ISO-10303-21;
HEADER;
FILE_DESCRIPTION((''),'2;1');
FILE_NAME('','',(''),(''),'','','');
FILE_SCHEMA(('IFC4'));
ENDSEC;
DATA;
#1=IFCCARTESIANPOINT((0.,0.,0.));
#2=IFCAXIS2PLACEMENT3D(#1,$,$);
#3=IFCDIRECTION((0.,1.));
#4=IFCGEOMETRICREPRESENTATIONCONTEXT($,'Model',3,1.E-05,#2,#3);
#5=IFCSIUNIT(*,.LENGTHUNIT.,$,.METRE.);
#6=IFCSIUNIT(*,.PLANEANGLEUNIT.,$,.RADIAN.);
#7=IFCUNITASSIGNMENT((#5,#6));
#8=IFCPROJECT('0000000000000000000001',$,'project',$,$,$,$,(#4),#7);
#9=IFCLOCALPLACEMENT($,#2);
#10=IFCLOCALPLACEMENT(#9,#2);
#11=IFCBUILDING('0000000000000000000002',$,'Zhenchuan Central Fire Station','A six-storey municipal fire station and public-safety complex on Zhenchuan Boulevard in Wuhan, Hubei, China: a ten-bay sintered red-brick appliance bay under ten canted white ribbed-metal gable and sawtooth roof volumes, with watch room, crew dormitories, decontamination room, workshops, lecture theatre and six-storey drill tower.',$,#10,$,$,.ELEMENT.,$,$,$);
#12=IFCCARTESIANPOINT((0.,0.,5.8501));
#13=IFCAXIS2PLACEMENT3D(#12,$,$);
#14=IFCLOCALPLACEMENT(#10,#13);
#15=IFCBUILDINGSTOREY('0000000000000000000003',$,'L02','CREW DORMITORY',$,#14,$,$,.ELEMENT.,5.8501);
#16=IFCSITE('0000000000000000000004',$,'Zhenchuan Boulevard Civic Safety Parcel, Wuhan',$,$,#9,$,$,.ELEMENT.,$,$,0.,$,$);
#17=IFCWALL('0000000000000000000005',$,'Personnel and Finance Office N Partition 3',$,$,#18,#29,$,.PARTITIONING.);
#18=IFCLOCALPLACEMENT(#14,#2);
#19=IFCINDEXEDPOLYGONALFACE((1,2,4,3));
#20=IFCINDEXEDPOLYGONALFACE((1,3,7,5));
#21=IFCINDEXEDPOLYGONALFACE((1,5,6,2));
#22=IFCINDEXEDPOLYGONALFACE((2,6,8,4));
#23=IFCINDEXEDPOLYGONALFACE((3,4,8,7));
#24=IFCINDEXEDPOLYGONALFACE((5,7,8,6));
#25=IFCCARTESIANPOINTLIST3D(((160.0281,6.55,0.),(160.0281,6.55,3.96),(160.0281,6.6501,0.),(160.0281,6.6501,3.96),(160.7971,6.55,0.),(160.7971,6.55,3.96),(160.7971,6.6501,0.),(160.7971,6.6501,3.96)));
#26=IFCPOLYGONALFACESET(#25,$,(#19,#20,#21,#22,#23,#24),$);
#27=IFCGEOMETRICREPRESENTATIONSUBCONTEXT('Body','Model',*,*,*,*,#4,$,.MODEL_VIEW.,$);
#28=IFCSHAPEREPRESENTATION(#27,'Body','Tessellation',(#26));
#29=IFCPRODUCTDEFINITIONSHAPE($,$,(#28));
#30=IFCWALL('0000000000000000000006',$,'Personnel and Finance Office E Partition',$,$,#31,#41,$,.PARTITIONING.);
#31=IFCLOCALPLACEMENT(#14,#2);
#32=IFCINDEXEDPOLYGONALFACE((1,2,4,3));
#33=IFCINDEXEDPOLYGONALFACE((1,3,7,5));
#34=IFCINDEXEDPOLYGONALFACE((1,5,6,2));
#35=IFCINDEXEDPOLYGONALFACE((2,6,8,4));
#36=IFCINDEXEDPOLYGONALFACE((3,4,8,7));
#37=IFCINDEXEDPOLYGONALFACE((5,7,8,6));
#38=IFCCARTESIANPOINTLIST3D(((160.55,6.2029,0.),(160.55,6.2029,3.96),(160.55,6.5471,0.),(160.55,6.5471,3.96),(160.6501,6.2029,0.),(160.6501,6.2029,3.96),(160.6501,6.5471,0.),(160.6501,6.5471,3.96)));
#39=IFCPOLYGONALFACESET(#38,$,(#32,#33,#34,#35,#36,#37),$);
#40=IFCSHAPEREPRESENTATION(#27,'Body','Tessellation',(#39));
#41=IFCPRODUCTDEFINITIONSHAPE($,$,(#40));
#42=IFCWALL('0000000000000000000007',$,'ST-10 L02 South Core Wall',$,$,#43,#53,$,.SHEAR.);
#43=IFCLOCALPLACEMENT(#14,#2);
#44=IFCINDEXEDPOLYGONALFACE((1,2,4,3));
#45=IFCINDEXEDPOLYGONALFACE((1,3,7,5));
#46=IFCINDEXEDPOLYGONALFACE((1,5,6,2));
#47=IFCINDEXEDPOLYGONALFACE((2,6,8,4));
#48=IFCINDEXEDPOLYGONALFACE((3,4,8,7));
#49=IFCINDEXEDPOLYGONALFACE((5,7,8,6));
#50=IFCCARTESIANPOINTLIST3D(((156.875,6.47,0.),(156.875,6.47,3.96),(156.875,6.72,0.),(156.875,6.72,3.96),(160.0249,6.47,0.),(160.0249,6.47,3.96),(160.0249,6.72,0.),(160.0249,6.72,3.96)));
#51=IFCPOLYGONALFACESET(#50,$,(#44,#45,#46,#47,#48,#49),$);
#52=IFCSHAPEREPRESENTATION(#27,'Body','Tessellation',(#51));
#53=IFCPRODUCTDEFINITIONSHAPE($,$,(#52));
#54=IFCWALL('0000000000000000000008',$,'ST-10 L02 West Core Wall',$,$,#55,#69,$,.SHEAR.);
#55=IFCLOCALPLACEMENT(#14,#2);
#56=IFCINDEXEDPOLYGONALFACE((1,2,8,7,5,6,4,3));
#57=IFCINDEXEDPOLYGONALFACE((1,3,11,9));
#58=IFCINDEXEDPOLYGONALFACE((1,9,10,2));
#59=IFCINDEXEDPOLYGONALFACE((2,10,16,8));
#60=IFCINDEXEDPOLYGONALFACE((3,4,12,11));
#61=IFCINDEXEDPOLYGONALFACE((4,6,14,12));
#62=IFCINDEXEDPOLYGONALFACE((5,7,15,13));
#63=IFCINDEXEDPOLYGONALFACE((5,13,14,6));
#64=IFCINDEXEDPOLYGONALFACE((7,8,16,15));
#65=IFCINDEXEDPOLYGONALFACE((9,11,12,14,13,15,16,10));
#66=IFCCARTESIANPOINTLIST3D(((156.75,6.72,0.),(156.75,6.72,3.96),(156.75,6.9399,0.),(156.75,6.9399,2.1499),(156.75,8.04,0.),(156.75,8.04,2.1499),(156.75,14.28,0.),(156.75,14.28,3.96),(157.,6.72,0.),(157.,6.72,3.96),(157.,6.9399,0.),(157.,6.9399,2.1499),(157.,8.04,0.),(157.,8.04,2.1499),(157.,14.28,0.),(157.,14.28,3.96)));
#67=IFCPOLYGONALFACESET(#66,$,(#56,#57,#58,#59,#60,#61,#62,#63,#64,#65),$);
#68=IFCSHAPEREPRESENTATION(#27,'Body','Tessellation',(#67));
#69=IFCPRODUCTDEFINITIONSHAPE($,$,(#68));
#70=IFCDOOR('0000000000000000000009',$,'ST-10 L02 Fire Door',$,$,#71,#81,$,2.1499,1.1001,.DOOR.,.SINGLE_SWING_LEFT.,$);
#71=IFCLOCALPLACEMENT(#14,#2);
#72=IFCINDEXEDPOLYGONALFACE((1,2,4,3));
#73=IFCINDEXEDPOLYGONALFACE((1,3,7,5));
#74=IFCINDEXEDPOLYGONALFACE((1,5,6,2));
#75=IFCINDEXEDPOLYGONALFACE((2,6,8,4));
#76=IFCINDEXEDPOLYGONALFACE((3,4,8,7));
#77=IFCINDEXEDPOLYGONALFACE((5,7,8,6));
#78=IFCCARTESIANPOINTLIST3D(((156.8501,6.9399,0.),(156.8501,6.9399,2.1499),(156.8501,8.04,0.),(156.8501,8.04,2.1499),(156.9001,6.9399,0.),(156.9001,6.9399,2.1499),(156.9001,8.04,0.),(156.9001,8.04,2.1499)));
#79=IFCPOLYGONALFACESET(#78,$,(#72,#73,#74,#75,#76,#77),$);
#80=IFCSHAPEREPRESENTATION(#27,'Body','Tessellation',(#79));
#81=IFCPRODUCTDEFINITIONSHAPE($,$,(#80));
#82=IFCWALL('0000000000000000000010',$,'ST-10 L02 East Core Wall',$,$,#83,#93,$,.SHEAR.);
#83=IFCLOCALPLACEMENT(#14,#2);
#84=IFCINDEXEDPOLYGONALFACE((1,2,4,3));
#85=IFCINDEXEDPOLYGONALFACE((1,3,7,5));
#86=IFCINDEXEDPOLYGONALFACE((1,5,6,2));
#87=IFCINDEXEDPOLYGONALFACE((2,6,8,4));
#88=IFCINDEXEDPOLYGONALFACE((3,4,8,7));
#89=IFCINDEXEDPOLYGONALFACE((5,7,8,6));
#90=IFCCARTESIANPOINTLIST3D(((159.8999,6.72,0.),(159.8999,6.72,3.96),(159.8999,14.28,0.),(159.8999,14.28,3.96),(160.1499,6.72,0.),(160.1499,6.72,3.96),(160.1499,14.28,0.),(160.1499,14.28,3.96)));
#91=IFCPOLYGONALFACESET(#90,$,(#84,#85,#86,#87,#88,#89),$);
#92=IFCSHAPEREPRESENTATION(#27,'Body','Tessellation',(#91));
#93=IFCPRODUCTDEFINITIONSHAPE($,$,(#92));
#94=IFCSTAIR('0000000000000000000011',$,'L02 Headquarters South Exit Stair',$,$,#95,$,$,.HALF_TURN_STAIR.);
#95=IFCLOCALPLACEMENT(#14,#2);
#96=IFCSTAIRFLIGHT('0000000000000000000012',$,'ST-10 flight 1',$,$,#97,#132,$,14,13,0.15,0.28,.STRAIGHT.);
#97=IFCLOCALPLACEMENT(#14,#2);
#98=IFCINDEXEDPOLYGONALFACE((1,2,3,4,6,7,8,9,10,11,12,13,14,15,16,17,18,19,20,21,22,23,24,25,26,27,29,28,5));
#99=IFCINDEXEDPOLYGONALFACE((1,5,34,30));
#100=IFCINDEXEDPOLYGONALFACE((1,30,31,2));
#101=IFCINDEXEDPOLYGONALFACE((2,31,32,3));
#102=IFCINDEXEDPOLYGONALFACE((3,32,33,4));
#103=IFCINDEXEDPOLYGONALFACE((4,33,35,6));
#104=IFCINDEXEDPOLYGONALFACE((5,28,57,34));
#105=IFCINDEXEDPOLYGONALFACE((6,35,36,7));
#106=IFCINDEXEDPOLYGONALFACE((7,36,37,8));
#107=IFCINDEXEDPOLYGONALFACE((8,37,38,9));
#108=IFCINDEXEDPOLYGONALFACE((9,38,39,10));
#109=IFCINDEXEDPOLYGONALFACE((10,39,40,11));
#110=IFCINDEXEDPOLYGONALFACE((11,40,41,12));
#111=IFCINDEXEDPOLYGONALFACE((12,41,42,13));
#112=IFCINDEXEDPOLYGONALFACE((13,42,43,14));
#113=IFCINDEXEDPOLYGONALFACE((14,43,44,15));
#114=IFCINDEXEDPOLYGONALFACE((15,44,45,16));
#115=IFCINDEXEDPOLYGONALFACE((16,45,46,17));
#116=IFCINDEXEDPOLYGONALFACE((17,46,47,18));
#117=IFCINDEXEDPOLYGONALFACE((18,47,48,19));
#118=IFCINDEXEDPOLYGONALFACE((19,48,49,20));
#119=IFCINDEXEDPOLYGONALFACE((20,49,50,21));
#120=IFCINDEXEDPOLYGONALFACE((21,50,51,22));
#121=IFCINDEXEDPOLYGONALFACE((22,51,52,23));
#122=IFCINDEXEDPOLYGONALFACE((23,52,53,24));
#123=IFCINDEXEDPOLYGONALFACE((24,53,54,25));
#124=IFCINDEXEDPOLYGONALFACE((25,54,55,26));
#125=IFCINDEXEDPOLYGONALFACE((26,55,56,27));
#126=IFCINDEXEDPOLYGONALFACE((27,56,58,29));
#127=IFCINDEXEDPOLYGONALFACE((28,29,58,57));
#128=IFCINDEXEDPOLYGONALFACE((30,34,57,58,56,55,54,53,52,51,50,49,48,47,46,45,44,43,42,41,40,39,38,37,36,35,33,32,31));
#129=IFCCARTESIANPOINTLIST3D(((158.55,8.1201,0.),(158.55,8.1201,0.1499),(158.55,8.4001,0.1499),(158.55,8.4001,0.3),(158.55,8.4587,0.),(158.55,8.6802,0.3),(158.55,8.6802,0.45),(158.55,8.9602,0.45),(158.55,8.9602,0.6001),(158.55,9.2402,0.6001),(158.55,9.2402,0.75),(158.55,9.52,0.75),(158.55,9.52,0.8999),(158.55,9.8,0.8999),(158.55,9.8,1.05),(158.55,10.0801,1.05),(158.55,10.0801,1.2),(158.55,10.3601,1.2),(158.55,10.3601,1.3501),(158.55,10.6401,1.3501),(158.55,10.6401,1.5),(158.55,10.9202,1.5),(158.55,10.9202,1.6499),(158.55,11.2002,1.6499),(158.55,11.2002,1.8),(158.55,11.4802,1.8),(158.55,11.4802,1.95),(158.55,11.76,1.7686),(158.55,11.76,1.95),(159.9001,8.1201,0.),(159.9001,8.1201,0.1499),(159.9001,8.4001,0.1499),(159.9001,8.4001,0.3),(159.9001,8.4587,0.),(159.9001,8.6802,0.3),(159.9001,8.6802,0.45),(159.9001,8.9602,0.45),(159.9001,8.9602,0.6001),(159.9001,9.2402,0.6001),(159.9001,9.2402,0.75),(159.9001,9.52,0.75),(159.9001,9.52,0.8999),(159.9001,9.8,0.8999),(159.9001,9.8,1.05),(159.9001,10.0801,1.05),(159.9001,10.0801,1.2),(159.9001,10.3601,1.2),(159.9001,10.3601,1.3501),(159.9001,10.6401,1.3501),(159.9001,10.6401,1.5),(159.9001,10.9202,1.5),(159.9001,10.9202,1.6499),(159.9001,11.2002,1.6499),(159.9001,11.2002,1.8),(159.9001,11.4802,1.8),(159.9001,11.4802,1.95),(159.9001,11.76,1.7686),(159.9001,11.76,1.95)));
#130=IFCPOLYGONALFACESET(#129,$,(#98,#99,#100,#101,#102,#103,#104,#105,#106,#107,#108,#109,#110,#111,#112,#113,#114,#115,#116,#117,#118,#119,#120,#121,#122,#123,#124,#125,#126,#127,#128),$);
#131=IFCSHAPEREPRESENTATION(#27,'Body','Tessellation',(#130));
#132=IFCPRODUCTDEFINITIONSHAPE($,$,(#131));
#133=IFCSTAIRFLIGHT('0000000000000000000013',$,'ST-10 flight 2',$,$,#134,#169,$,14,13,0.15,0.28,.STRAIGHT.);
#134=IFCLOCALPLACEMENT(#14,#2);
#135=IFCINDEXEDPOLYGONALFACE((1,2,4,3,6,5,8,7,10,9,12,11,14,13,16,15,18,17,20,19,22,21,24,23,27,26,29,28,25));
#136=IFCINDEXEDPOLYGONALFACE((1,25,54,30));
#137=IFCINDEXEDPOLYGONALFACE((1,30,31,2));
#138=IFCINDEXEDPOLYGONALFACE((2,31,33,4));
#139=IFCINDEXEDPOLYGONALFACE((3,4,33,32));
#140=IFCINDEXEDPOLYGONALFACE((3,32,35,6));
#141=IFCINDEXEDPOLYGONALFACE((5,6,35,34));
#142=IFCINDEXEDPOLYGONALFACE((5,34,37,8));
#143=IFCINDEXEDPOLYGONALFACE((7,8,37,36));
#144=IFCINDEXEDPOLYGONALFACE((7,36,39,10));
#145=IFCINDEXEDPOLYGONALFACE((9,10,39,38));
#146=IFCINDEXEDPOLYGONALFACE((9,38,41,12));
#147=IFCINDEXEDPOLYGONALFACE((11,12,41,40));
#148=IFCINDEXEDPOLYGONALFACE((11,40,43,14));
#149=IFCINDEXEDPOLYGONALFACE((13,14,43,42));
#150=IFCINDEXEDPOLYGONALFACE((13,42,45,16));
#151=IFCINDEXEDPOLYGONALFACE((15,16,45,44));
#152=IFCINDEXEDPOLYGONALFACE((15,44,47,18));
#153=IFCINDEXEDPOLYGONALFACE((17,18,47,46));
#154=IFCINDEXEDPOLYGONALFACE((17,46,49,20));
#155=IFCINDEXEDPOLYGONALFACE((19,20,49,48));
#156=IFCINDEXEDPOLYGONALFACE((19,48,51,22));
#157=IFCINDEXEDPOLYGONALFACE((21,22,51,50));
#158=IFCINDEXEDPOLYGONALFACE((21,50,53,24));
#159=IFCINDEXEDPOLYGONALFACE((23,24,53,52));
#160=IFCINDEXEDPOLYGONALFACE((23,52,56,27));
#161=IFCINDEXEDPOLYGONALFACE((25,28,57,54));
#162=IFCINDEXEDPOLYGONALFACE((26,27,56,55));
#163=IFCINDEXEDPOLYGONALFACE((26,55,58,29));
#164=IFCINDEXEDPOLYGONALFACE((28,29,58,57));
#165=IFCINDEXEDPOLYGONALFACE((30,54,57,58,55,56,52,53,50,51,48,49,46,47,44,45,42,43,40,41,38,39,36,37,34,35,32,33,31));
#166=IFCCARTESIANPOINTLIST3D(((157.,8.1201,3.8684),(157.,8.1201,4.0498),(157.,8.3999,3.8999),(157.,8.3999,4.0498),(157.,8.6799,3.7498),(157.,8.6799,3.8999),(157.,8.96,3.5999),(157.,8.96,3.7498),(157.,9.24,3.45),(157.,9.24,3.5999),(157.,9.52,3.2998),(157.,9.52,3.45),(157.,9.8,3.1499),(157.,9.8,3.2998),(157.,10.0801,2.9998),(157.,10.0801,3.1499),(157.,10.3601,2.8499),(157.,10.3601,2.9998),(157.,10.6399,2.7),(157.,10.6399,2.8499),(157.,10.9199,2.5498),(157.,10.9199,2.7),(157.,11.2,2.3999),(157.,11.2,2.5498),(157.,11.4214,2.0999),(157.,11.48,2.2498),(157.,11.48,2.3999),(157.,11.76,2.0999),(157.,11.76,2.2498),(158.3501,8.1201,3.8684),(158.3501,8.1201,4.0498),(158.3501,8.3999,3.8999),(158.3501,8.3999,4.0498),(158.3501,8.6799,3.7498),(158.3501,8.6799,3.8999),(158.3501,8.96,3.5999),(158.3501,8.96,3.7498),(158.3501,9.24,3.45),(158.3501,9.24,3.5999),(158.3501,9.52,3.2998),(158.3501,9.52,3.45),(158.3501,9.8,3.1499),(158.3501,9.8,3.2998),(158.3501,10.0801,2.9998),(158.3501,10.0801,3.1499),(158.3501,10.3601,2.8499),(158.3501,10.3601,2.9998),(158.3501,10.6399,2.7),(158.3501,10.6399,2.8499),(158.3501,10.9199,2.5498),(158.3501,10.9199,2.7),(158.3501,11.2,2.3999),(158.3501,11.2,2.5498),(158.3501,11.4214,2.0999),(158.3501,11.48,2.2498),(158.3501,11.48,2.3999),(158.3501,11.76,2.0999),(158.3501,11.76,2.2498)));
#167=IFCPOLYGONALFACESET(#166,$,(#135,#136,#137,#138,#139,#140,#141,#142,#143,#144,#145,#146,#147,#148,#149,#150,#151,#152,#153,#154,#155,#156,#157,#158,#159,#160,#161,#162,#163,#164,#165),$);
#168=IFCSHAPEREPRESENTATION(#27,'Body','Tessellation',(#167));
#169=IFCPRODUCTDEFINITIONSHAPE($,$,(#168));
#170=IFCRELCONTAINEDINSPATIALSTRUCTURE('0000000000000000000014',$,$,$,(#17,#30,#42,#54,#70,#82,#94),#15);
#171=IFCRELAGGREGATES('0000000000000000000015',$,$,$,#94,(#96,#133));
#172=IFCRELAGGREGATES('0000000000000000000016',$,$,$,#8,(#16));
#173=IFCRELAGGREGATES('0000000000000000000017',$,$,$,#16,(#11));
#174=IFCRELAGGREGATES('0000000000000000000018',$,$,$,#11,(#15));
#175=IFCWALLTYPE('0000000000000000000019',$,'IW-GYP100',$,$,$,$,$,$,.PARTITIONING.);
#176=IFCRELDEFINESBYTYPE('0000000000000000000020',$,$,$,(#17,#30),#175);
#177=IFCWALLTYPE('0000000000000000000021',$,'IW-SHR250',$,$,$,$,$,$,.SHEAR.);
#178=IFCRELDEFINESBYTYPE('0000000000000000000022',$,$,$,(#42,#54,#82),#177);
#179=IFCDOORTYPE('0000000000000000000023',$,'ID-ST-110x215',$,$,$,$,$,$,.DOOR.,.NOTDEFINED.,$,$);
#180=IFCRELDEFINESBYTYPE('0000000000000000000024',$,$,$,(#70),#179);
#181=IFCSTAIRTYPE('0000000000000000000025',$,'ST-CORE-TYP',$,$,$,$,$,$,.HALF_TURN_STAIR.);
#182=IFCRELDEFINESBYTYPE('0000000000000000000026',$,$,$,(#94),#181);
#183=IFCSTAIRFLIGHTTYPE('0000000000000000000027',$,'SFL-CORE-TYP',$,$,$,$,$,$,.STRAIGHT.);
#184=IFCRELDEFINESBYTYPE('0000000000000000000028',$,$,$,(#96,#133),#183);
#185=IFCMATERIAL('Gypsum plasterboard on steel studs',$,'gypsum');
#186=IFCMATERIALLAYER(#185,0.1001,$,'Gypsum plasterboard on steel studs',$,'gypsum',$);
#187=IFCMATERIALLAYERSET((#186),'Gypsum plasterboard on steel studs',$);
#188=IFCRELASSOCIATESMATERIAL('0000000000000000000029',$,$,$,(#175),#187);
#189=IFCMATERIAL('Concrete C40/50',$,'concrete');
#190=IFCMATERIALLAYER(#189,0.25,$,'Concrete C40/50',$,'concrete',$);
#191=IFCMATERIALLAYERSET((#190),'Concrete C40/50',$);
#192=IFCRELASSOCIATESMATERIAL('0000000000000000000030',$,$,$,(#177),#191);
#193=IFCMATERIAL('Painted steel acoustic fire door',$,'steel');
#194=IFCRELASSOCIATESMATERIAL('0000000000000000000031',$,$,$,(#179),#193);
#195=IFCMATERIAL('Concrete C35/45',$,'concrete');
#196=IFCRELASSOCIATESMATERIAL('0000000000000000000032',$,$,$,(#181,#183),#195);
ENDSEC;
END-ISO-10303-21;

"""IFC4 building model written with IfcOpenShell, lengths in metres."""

from ifc_helpers import new_model, si_unit, direction, frame, frame_2d, origin, place, context, subcontext, project, spatial, polyline, rectangle, outline, extrude, material, layer, layer_set, type_object, element, fill, aggregate, save


model = new_model("IFC4")

# Units and contexts
model_context = context("Model", 3, precision=1e-05, world=origin(), true_north=direction((0.0, 1.0)))
body_context = subcontext(model_context, "Body", "Model", "MODEL_VIEW")
ifc_project = project(units=[si_unit("LENGTHUNIT", "METRE"), si_unit("PLANEANGLEUNIT", "RADIAN")], contexts=[model_context])

# Site, building, storey
site_placement = place(None, origin())
site = spatial("IfcSite", under=ifc_project, at=site_placement, Name="Zhenchuan Boulevard Civic Safety Parcel, Wuhan", CompositionType="ELEMENT", RefElevation=0.0)
building_placement = place(site_placement, origin())
building = spatial("IfcBuilding", under=site, at=building_placement, Name="Zhenchuan Central Fire Station", Description="A six-storey municipal fire station and public-safety complex on Zhenchuan Boulevard in Wuhan, Hubei, China: a ten-bay sintered red-brick appliance bay under ten canted white ribbed-metal gable and sawtooth roof volumes, with watch room, crew dormitories, decontamination room, workshops, lecture theatre and six-storey drill tower.", CompositionType="ELEMENT")
storey_placement = place(building_placement, frame((0.0, 0.0, 5.8501)))
storey = spatial("IfcBuildingStorey", under=building, at=storey_placement, Name="L02", Description="CREW DORMITORY", CompositionType="ELEMENT", Elevation=5.8501)

# Walls
ifc_material_1 = material(Name="Gypsum plasterboard on steel studs", Category="gypsum")
ifc_layer_1 = layer(ifc_material_1, 0.1001, Name="Gypsum plasterboard on steel studs", Category="gypsum")
ifc_layer_set_1 = layer_set([ifc_layer_1], Name="Gypsum plasterboard on steel studs")
wall_type_1 = type_object("IfcWallType", Name="IW-GYP100", PredefinedType="PARTITIONING", material=ifc_layer_set_1)
wall_1_placement = place(storey_placement, frame((160.0281, 6.6001, 0.0), z_axis=(0.0, 0.0, 1.0), x_axis=(1.0, 0.0, 0.0)))
element("IfcWall", 1, at=wall_1_placement, inside=storey, type_object=wall_type_1, Name="Personnel and Finance Office N Partition 3", PredefinedType="PARTITIONING", context=body_context, shape_type="SweptSolid", body=[
    extrude(rectangle(XDim=0.769, YDim=0.1001, at=frame_2d((0.3845, 0.0))), origin(), (0.0, 0.0, 1.0), 3.96),
])
wall_2_placement = place(storey_placement, frame((160.6001, 6.2029, 0.0), z_axis=(0.0, 0.0, 1.0), x_axis=(0.0, 1.0, 0.0)))
element("IfcWall", 2, at=wall_2_placement, inside=storey, type_object=wall_type_1, Name="Personnel and Finance Office E Partition", PredefinedType="PARTITIONING", context=body_context, shape_type="SweptSolid", body=[
    extrude(rectangle(XDim=0.3442, YDim=0.1001, at=frame_2d((0.1721, 0.0))), origin(), (0.0, 0.0, 1.0), 3.96),
])
ifc_material_2 = material(Name="Concrete C40/50", Category="concrete")
ifc_layer_2 = layer(ifc_material_2, 0.25, Name="Concrete C40/50", Category="concrete")
ifc_layer_set_2 = layer_set([ifc_layer_2], Name="Concrete C40/50")
wall_type_2 = type_object("IfcWallType", Name="IW-SHR250", PredefinedType="SHEAR", material=ifc_layer_set_2)
wall_3_placement = place(storey_placement, frame((156.875, 6.595, 0.0), z_axis=(0.0, 0.0, 1.0), x_axis=(1.0, 0.0, 0.0)))
element("IfcWall", 3, at=wall_3_placement, inside=storey, type_object=wall_type_2, Name="ST-10 L02 South Core Wall", PredefinedType="SHEAR", context=body_context, shape_type="SweptSolid", body=[
    extrude(rectangle(XDim=3.1499, YDim=0.25, at=frame_2d((1.575, 0.0))), origin(), (0.0, 0.0, 1.0), 3.96),
])

# Wall, opening, door
wall_4_placement = place(storey_placement, frame((156.875, 6.72, 0.0), z_axis=(0.0, 0.0, 1.0), x_axis=(0.0, 1.0, 0.0)))
wall_4 = element("IfcWall", 4, at=wall_4_placement, inside=storey, type_object=wall_type_2, Name="ST-10 L02 West Core Wall", PredefinedType="SHEAR", context=body_context, shape_type="SweptSolid", body=[
    extrude(rectangle(XDim=7.5601, YDim=0.25, at=frame_2d((3.78, 0.0))), origin(), (0.0, 0.0, 1.0), 3.96),
])
opening_1_placement = place(wall_4_placement, frame((0.22, 0.0, 0.0)))
opening_1 = element("IfcOpeningElement", 5, at=opening_1_placement, cuts=wall_4, PredefinedType="OPENING", context=body_context, shape_type="SweptSolid", body=[
    extrude(rectangle(XDim=1.1001, YDim=2.1499, at=frame_2d((0.55, 1.075))), frame((0.0, 0.135, 0.0), z_axis=(0.0, -1.0, 0.0), x_axis=(1.0, 0.0, 0.0)), (0.0, 0.0, 1.0), 0.27),
])
ifc_material_3 = material(Name="Painted steel acoustic fire door", Category="steel")
door_type = type_object("IfcDoorType", Name="ID-ST-110x215", OperationType="NOTDEFINED", PredefinedType="DOOR", material=ifc_material_3)
door_placement = place(opening_1_placement, origin())
door = element("IfcDoor", 6, at=door_placement, inside=storey, type_object=door_type, Name="ST-10 L02 Fire Door", OperationType="SINGLE_SWING_LEFT", OverallHeight=2.1499, OverallWidth=1.1001, PredefinedType="DOOR", context=body_context, shape_type="SweptSolid", body=[
    extrude(rectangle(XDim=1.1001, YDim=2.1499, at=frame_2d((0.55, 1.075))), frame((0.0, 0.0249, 0.0), z_axis=(0.0, -1.0, 0.0), x_axis=(1.0, 0.0, 0.0)), (0.0, 0.0, 1.0), 0.05),
])
fill(opening_1, door)

# Wall
wall_5_placement = place(storey_placement, frame((160.0249, 6.72, 0.0), z_axis=(0.0, 0.0, 1.0), x_axis=(0.0, 1.0, 0.0)))
element("IfcWall", 7, at=wall_5_placement, inside=storey, type_object=wall_type_2, Name="ST-10 L02 East Core Wall", PredefinedType="SHEAR", context=body_context, shape_type="SweptSolid", body=[
    extrude(rectangle(XDim=7.5601, YDim=0.25, at=frame_2d((3.78, 0.0))), origin(), (0.0, 0.0, 1.0), 3.96),
])

# Stair, stair flights
ifc_material_4 = material(Name="Concrete C35/45", Category="concrete")
stair_type = type_object("IfcStairType", Name="ST-CORE-TYP", PredefinedType="HALF_TURN_STAIR", material=ifc_material_4)
stair_placement = place(storey_placement, origin())
stair = element("IfcStair", 8, at=stair_placement, inside=storey, type_object=stair_type, Name="L02 Headquarters South Exit Stair", PredefinedType="HALF_TURN_STAIR")
stair_flight_type = type_object("IfcStairFlightType", Name="SFL-CORE-TYP", PredefinedType="STRAIGHT", material=ifc_material_4)
stair_flight_1_placement = place(storey_placement, frame((159.2251, 8.1201, 0.0), z_axis=(0.0, 0.0, 1.0), x_axis=(0.0, 1.0, 0.0)))
stair_flight_1 = element("IfcStairFlight", 9, at=stair_flight_1_placement, type_object=stair_flight_type, Name="ST-10 flight 1", NumberOfRisers=14, NumberOfTreads=13, PredefinedType="STRAIGHT", RiserHeight=0.15, TreadLength=0.28, context=body_context, shape_type="SweptSolid", body=[
    extrude(outline(polyline([(0.0, 0.0), (0.0, 0.1499), (0.28, 0.1499), (0.28, 0.3), (0.5601, 0.3), (0.5601, 0.45), (0.8401, 0.45), (0.8401, 0.6001), (1.1201, 0.6001), (1.1201, 0.75), (1.3999, 0.75), (1.3999, 0.8999), (1.6799, 0.8999), (1.6799, 1.05), (1.96, 1.05), (1.96, 1.2), (2.24, 1.2), (2.24, 1.3501), (2.52, 1.3501), (2.52, 1.5), (2.8, 1.5), (2.8, 1.6499), (3.0801, 1.6499), (3.0801, 1.8), (3.3601, 1.8), (3.3601, 1.95), (3.6399, 1.95), (3.6399, 2.1001), (3.6399, 1.7686), (0.3386, 0.0), (0.0, 0.0)])), frame((0.0, 0.675, 0.0), z_axis=(0.0, -1.0, 0.0), x_axis=(1.0, 0.0, 0.0)), (0.0, 0.0, 1.0), 1.3501),
])
stair_flight_2_placement = place(storey_placement, frame((157.675, 11.76, 2.0999), z_axis=(0.0, 0.0, 1.0), x_axis=(0.0, -1.0, 0.0)))
stair_flight_2 = element("IfcStairFlight", 10, at=stair_flight_2_placement, type_object=stair_flight_type, Name="ST-10 flight 2", NumberOfRisers=14, NumberOfTreads=13, PredefinedType="STRAIGHT", RiserHeight=0.15, TreadLength=0.28, context=body_context, shape_type="SweptSolid", body=[
    extrude(outline(polyline([(0.0, 0.0), (0.0, 0.1499), (0.28, 0.1499), (0.28, 0.3), (0.5601, 0.3), (0.5601, 0.45), (0.8401, 0.45), (0.8401, 0.6001), (1.1201, 0.6001), (1.1201, 0.75), (1.3999, 0.75), (1.3999, 0.8999), (1.6799, 0.8999), (1.6799, 1.05), (1.96, 1.05), (1.96, 1.2), (2.24, 1.2), (2.24, 1.3501), (2.52, 1.3501), (2.52, 1.5), (2.8, 1.5), (2.8, 1.6499), (3.0801, 1.6499), (3.0801, 1.8), (3.3601, 1.8), (3.3601, 1.95), (3.6399, 1.95), (3.6399, 2.1001), (3.6399, 1.7686), (0.3386, 0.0), (0.0, 0.0)])), frame((0.0, 0.675, 0.0), z_axis=(0.0, -1.0, 0.0), x_axis=(1.0, 0.0, 0.0)), (0.0, 0.0, 1.0), 1.3501),
])
aggregate(stair, [stair_flight_1, stair_flight_2])

save(model, "model.ifc")
